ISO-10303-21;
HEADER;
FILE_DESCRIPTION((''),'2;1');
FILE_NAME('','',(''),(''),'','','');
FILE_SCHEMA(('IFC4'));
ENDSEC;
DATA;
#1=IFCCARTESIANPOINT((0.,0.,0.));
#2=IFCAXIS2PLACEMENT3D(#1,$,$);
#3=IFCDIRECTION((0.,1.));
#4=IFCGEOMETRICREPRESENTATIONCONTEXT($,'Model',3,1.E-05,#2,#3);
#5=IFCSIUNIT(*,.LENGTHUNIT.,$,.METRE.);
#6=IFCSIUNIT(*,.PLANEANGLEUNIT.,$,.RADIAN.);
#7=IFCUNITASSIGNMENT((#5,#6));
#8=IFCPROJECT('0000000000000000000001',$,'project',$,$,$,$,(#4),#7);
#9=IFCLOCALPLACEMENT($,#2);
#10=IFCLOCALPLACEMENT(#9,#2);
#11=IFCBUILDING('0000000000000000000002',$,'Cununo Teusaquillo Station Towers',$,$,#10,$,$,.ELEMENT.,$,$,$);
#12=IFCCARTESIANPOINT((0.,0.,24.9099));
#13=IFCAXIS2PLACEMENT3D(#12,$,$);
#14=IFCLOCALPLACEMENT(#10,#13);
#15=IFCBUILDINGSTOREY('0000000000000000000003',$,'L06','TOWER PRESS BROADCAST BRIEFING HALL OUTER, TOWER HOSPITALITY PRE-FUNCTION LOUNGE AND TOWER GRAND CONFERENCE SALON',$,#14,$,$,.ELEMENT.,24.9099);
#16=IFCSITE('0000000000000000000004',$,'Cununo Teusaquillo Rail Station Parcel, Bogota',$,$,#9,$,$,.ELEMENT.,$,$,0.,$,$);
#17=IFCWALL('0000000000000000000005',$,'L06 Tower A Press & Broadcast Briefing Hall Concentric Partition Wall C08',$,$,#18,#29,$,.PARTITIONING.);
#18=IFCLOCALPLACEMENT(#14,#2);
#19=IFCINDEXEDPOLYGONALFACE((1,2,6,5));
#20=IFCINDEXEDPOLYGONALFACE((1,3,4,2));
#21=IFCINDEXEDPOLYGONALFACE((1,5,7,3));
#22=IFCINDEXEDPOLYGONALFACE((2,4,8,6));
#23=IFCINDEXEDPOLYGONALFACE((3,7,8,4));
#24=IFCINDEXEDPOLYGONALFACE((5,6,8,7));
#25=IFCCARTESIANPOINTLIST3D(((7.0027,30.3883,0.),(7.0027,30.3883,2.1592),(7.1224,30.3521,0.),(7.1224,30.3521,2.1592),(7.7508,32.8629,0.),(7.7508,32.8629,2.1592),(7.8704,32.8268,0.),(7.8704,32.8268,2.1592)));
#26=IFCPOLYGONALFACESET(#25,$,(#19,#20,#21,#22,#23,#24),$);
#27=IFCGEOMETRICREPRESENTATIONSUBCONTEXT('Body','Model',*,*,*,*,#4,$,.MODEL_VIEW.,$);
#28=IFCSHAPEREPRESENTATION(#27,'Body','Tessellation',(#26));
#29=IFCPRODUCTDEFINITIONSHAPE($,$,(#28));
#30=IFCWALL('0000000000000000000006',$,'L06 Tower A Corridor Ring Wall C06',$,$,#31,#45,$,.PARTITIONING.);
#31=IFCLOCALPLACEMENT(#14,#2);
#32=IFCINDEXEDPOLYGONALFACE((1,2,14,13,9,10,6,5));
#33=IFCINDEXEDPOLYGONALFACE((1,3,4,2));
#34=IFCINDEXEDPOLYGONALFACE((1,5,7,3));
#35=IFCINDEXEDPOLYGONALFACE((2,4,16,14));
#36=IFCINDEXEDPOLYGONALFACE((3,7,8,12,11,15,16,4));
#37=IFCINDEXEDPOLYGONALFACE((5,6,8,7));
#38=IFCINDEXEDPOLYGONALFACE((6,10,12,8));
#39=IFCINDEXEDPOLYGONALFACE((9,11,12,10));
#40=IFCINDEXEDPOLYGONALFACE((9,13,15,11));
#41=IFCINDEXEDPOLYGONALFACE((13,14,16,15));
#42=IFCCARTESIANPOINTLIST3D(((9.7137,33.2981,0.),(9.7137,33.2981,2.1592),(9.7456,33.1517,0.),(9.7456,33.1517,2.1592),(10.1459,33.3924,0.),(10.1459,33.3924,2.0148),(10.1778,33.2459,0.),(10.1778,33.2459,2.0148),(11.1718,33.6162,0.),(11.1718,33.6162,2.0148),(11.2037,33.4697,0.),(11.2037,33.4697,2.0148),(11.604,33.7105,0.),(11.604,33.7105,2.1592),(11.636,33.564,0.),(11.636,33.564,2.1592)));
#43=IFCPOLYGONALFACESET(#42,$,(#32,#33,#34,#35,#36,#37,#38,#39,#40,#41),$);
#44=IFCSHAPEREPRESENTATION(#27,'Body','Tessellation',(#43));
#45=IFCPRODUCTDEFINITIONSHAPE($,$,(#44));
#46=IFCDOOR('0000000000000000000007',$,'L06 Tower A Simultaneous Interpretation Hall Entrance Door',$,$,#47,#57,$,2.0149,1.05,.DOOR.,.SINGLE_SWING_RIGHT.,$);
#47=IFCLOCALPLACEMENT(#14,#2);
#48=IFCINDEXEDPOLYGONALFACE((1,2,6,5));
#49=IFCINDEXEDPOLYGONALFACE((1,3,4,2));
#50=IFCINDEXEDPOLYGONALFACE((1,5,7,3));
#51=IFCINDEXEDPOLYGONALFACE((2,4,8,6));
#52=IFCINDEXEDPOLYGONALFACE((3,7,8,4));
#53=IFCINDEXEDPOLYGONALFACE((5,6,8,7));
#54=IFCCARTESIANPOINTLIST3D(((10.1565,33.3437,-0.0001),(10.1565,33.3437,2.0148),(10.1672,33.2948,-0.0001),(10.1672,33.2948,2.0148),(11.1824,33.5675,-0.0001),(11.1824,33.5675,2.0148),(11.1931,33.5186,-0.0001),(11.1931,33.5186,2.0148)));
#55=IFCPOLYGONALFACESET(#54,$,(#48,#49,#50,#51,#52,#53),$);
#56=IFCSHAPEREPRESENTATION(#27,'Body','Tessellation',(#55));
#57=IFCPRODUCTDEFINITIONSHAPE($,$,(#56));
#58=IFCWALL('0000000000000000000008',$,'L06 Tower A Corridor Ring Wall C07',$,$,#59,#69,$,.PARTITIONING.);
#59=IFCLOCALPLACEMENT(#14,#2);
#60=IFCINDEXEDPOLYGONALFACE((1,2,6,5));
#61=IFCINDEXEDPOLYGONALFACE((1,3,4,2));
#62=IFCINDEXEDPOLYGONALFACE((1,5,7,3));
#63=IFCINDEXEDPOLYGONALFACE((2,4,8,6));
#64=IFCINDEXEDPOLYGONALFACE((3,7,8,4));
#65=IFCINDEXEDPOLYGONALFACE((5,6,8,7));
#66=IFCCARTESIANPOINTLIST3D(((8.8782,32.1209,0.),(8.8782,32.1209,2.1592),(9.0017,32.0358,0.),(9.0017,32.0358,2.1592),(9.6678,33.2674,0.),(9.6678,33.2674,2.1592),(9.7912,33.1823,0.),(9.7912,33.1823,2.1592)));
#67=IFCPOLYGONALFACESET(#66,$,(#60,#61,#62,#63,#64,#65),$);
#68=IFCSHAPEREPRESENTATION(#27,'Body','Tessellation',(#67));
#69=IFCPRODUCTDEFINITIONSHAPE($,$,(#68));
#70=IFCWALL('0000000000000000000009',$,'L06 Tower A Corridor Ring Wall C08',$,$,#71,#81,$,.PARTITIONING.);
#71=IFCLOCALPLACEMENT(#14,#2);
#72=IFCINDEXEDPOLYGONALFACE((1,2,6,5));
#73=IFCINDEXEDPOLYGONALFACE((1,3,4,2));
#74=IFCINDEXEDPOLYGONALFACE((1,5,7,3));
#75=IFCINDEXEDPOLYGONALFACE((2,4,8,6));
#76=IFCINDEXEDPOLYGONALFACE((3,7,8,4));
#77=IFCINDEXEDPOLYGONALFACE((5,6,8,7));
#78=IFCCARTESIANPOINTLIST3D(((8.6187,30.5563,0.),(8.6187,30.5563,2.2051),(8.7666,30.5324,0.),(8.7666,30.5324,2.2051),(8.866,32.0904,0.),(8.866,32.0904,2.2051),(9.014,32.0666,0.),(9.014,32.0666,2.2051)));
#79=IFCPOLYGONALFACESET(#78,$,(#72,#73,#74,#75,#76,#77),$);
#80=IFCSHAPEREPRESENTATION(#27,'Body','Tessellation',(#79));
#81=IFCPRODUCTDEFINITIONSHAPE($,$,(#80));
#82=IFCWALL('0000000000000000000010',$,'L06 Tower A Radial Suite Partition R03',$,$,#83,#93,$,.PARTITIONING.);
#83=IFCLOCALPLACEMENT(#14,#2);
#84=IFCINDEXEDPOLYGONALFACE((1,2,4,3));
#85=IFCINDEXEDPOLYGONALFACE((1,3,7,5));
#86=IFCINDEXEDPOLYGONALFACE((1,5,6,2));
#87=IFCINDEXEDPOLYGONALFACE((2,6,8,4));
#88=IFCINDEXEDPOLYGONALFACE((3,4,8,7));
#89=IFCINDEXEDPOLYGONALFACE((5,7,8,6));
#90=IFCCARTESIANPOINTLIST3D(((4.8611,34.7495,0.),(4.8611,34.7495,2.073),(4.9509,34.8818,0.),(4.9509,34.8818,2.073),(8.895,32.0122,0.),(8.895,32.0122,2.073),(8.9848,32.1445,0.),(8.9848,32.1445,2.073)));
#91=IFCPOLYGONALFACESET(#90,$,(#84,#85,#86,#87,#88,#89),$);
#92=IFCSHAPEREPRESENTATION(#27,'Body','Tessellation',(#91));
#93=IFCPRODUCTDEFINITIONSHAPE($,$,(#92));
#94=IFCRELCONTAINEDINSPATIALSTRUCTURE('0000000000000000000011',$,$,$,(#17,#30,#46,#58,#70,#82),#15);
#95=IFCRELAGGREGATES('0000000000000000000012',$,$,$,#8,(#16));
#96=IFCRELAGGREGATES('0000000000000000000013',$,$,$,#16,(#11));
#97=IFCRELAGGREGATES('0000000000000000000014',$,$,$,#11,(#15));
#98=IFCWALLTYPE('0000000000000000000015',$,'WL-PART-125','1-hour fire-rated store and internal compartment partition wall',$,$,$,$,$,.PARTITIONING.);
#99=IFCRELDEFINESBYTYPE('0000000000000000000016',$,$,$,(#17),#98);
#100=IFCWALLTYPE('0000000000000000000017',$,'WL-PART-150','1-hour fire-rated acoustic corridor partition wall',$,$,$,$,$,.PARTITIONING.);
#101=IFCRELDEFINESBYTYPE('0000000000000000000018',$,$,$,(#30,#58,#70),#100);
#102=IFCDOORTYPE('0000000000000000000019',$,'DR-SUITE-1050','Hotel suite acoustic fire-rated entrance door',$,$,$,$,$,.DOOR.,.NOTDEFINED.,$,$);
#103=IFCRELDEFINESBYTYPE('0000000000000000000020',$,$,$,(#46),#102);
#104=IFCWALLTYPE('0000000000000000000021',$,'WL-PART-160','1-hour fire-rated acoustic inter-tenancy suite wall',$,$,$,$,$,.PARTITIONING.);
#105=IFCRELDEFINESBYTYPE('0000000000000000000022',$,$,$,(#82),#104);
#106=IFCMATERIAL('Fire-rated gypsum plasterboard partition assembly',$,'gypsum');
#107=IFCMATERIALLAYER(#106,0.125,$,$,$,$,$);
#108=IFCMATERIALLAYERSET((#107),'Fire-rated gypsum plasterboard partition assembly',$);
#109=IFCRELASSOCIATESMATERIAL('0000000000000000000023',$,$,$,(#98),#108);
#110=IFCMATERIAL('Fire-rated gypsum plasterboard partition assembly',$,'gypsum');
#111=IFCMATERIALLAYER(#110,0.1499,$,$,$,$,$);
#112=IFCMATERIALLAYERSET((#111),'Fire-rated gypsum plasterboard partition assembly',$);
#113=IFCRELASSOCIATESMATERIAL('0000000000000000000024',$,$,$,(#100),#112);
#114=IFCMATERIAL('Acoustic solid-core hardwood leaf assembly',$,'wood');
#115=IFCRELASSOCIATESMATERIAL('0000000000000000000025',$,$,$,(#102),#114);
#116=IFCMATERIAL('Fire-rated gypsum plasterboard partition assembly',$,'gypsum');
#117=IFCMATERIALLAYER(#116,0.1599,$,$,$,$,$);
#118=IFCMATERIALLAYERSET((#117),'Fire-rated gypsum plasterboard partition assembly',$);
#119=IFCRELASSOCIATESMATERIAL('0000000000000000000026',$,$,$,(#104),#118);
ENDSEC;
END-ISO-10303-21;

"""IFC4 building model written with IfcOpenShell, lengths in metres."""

from ifc_helpers import new_model, si_unit, direction, frame, frame_2d, origin, place, context, subcontext, project, spatial, rectangle, extrude, source, transform, mapped, material, layer, layer_set, type_object, element, fill, save


model = new_model("IFC4")

# Units and contexts
model_context = context("Model", 3, precision=1e-05, world=origin(), true_north=direction((0.0, 1.0)))
body_context = subcontext(model_context, "Body", "Model", "MODEL_VIEW")
ifc_project = project(units=[si_unit("LENGTHUNIT", "METRE"), si_unit("PLANEANGLEUNIT", "RADIAN")], contexts=[model_context])

# Site, building, storey
site_placement = place(None, origin())
site = spatial("IfcSite", under=ifc_project, at=site_placement, Name="Cununo Teusaquillo Rail Station Parcel, Bogota", CompositionType="ELEMENT", RefElevation=0.0)
building_placement = place(site_placement, origin())
building = spatial("IfcBuilding", under=site, at=building_placement, Name="Cununo Teusaquillo Station Towers", CompositionType="ELEMENT")
storey_placement = place(building_placement, frame((0.0, 0.0, 24.9099)))
storey = spatial("IfcBuildingStorey", under=building, at=storey_placement, Name="L06", Description="TOWER PRESS BROADCAST BRIEFING HALL OUTER, TOWER HOSPITALITY PRE-FUNCTION LOUNGE AND TOWER GRAND CONFERENCE SALON", CompositionType="ELEMENT", Elevation=24.9099)

# Shared definitions
ifc_material_1 = material(Name="Fire-rated gypsum plasterboard partition assembly", Category="gypsum")
ifc_layer_1 = layer(ifc_material_1, 0.125)
ifc_layer_set_1 = layer_set([ifc_layer_1], Name="Fire-rated gypsum plasterboard partition assembly")
wall_type_1 = type_object("IfcWallType", Name="WL-PART-125", Description="1-hour fire-rated store and internal compartment partition wall", PredefinedType="PARTITIONING", material=ifc_layer_set_1)

# Wall
wall_1_placement = place(storey_placement, frame((7.8105, 32.8447, 0.0), z_axis=(0.0, 0.0, 1.0), x_axis=(-0.289357, -0.957221, 0.0)))
element("IfcWall", 1, at=wall_1_placement, inside=storey, type_object=wall_type_1, Name="L06 Tower A Press & Broadcast Briefing Hall Concentric Partition Wall C08", PredefinedType="PARTITIONING", context=body_context, shape_type="SweptSolid", body=[
    extrude(rectangle(XDim=2.5852, YDim=0.125, at=frame_2d((1.2925, 0.0))), origin(), (0.0, 0.0, 1.0), 2.1592),
])

# Wall, opening, door
ifc_material_2 = material(Name="Fire-rated gypsum plasterboard partition assembly", Category="gypsum")
ifc_layer_2 = layer(ifc_material_2, 0.1499)
ifc_layer_set_2 = layer_set([ifc_layer_2], Name="Fire-rated gypsum plasterboard partition assembly")
wall_type_2 = type_object("IfcWallType", Name="WL-PART-150", Description="1-hour fire-rated acoustic corridor partition wall", PredefinedType="PARTITIONING", material=ifc_layer_set_2)
wall_2_placement = place(storey_placement, frame((11.6199, 33.6372, 0.0), z_axis=(0.0, 0.0, 1.0), x_axis=(-0.977026, -0.213121, 0.0)))
wall_2 = element("IfcWall", 2, at=wall_2_placement, inside=storey, type_object=wall_type_2, Name="L06 Tower A Corridor Ring Wall C06", PredefinedType="PARTITIONING", context=body_context, shape_type="SweptSolid", body=[
    extrude(rectangle(XDim=1.9348, YDim=0.1499, at=frame_2d((0.9673, 0.0))), origin(), (0.0, 0.0, 1.0), 2.1592),
])
shared_shape_1 = source(origin(), body_context, "Body", "SweptSolid", [
    extrude(rectangle(XDim=1.05, YDim=2.0149, at=frame_2d((0.5249, 1.0073))), frame((0.0, 0.085, 0.0), z_axis=(0.0, -1.0, 0.0), x_axis=(1.0, 0.0, 0.0)), (0.0, 0.0, 1.0), 0.1699),
])
opening_1_placement = place(wall_2_placement, frame((0.4424, 0.0, 0.0)))
opening_1 = element("IfcOpeningElement", 3, at=opening_1_placement, cuts=wall_2, PredefinedType="OPENING", context=body_context, shape_type="MappedRepresentation", body=[
    mapped(shared_shape_1, transform((0.0, 0.0, 0.0), x_axis=(1.0, 0.0, 0.0), y_axis=(0.0, 1.0, 0.0), z_axis=(0.0, 0.0, 1.0), scale=1.0)),
])
ifc_material_3 = material(Name="Acoustic solid-core hardwood leaf assembly", Category="wood")
door_type_1 = type_object("IfcDoorType", Name="DR-SUITE-1050", Description="Hotel suite acoustic fire-rated entrance door", OperationType="NOTDEFINED", PredefinedType="DOOR", material=ifc_material_3)
shared_shape_2 = source(origin(), body_context, "Body", "SweptSolid", [
    extrude(rectangle(XDim=1.05, YDim=2.0149, at=frame_2d((0.5249, 1.0073))), frame((0.0, 0.0249, 0.0), z_axis=(0.0, -1.0, 0.0), x_axis=(1.0, 0.0, 0.0)), (0.0, 0.0, 1.0), 0.05),
])
door_1_placement = place(opening_1_placement, origin())
door_1 = element("IfcDoor", 4, at=door_1_placement, inside=storey, type_object=door_type_1, Name="L06 Tower A Simultaneous Interpretation Hall Entrance Door", OperationType="SINGLE_SWING_RIGHT", OverallHeight=2.0149, OverallWidth=1.05, PredefinedType="DOOR", context=body_context, shape_type="MappedRepresentation", body=[
    mapped(shared_shape_2, transform((0.0, 0.0, 0.0), x_axis=(1.0, 0.0, 0.0), y_axis=(0.0, 1.0, 0.0), z_axis=(0.0, 0.0, 1.0), scale=1.0)),
])
fill(opening_1, door_1)

# Walls
wall_3_placement = place(storey_placement, frame((9.7295, 33.2249, 0.0), z_axis=(0.0, 0.0, 1.0), x_axis=(-0.567184, -0.823591, 0.0)))
element("IfcWall", 5, at=wall_3_placement, inside=storey, type_object=wall_type_2, Name="L06 Tower A Corridor Ring Wall C07", PredefinedType="PARTITIONING", context=body_context, shape_type="SweptSolid", body=[
    extrude(rectangle(XDim=1.3921, YDim=0.1499, at=frame_2d((0.696, 0.0))), origin(), (0.0, 0.0, 1.0), 2.1592),
])
wall_4_placement = place(storey_placement, frame((8.9399, 32.0784, 0.0), z_axis=(0.0, 0.0, 1.0), x_axis=(-0.159148, -0.987255, 0.0)))
element("IfcWall", 6, at=wall_4_placement, inside=storey, type_object=wall_type_2, Name="L06 Tower A Corridor Ring Wall C08", PredefinedType="PARTITIONING", context=body_context, shape_type="SweptSolid", body=[
    extrude(rectangle(XDim=1.554, YDim=0.1499, at=frame_2d((0.7769, 0.0))), origin(), (0.0, 0.0, 1.0), 2.2051),
])
ifc_material_4 = material(Name="Fire-rated gypsum plasterboard partition assembly", Category="gypsum")
ifc_layer_3 = layer(ifc_material_4, 0.1599)
ifc_layer_set_3 = layer_set([ifc_layer_3], Name="Fire-rated gypsum plasterboard partition assembly")
wall_type_3 = type_object("IfcWallType", Name="WL-PART-160", Description="1-hour fire-rated acoustic inter-tenancy suite wall", PredefinedType="PARTITIONING", material=ifc_layer_set_3)
wall_5_placement = place(storey_placement, frame((8.9399, 32.0784, 0.0), z_axis=(0.0, 0.0, 1.0), x_axis=(-0.827477, 0.5615, 0.0)))
element("IfcWall", 7, at=wall_5_placement, inside=storey, type_object=wall_type_3, Name="L06 Tower A Radial Suite Partition R03", PredefinedType="PARTITIONING", context=body_context, shape_type="SweptSolid", body=[
    extrude(rectangle(XDim=4.875, YDim=0.1599, at=frame_2d((2.4375, 0.0))), origin(), (0.0, 0.0, 1.0), 2.073),
])

save(model, "model.ifc")
